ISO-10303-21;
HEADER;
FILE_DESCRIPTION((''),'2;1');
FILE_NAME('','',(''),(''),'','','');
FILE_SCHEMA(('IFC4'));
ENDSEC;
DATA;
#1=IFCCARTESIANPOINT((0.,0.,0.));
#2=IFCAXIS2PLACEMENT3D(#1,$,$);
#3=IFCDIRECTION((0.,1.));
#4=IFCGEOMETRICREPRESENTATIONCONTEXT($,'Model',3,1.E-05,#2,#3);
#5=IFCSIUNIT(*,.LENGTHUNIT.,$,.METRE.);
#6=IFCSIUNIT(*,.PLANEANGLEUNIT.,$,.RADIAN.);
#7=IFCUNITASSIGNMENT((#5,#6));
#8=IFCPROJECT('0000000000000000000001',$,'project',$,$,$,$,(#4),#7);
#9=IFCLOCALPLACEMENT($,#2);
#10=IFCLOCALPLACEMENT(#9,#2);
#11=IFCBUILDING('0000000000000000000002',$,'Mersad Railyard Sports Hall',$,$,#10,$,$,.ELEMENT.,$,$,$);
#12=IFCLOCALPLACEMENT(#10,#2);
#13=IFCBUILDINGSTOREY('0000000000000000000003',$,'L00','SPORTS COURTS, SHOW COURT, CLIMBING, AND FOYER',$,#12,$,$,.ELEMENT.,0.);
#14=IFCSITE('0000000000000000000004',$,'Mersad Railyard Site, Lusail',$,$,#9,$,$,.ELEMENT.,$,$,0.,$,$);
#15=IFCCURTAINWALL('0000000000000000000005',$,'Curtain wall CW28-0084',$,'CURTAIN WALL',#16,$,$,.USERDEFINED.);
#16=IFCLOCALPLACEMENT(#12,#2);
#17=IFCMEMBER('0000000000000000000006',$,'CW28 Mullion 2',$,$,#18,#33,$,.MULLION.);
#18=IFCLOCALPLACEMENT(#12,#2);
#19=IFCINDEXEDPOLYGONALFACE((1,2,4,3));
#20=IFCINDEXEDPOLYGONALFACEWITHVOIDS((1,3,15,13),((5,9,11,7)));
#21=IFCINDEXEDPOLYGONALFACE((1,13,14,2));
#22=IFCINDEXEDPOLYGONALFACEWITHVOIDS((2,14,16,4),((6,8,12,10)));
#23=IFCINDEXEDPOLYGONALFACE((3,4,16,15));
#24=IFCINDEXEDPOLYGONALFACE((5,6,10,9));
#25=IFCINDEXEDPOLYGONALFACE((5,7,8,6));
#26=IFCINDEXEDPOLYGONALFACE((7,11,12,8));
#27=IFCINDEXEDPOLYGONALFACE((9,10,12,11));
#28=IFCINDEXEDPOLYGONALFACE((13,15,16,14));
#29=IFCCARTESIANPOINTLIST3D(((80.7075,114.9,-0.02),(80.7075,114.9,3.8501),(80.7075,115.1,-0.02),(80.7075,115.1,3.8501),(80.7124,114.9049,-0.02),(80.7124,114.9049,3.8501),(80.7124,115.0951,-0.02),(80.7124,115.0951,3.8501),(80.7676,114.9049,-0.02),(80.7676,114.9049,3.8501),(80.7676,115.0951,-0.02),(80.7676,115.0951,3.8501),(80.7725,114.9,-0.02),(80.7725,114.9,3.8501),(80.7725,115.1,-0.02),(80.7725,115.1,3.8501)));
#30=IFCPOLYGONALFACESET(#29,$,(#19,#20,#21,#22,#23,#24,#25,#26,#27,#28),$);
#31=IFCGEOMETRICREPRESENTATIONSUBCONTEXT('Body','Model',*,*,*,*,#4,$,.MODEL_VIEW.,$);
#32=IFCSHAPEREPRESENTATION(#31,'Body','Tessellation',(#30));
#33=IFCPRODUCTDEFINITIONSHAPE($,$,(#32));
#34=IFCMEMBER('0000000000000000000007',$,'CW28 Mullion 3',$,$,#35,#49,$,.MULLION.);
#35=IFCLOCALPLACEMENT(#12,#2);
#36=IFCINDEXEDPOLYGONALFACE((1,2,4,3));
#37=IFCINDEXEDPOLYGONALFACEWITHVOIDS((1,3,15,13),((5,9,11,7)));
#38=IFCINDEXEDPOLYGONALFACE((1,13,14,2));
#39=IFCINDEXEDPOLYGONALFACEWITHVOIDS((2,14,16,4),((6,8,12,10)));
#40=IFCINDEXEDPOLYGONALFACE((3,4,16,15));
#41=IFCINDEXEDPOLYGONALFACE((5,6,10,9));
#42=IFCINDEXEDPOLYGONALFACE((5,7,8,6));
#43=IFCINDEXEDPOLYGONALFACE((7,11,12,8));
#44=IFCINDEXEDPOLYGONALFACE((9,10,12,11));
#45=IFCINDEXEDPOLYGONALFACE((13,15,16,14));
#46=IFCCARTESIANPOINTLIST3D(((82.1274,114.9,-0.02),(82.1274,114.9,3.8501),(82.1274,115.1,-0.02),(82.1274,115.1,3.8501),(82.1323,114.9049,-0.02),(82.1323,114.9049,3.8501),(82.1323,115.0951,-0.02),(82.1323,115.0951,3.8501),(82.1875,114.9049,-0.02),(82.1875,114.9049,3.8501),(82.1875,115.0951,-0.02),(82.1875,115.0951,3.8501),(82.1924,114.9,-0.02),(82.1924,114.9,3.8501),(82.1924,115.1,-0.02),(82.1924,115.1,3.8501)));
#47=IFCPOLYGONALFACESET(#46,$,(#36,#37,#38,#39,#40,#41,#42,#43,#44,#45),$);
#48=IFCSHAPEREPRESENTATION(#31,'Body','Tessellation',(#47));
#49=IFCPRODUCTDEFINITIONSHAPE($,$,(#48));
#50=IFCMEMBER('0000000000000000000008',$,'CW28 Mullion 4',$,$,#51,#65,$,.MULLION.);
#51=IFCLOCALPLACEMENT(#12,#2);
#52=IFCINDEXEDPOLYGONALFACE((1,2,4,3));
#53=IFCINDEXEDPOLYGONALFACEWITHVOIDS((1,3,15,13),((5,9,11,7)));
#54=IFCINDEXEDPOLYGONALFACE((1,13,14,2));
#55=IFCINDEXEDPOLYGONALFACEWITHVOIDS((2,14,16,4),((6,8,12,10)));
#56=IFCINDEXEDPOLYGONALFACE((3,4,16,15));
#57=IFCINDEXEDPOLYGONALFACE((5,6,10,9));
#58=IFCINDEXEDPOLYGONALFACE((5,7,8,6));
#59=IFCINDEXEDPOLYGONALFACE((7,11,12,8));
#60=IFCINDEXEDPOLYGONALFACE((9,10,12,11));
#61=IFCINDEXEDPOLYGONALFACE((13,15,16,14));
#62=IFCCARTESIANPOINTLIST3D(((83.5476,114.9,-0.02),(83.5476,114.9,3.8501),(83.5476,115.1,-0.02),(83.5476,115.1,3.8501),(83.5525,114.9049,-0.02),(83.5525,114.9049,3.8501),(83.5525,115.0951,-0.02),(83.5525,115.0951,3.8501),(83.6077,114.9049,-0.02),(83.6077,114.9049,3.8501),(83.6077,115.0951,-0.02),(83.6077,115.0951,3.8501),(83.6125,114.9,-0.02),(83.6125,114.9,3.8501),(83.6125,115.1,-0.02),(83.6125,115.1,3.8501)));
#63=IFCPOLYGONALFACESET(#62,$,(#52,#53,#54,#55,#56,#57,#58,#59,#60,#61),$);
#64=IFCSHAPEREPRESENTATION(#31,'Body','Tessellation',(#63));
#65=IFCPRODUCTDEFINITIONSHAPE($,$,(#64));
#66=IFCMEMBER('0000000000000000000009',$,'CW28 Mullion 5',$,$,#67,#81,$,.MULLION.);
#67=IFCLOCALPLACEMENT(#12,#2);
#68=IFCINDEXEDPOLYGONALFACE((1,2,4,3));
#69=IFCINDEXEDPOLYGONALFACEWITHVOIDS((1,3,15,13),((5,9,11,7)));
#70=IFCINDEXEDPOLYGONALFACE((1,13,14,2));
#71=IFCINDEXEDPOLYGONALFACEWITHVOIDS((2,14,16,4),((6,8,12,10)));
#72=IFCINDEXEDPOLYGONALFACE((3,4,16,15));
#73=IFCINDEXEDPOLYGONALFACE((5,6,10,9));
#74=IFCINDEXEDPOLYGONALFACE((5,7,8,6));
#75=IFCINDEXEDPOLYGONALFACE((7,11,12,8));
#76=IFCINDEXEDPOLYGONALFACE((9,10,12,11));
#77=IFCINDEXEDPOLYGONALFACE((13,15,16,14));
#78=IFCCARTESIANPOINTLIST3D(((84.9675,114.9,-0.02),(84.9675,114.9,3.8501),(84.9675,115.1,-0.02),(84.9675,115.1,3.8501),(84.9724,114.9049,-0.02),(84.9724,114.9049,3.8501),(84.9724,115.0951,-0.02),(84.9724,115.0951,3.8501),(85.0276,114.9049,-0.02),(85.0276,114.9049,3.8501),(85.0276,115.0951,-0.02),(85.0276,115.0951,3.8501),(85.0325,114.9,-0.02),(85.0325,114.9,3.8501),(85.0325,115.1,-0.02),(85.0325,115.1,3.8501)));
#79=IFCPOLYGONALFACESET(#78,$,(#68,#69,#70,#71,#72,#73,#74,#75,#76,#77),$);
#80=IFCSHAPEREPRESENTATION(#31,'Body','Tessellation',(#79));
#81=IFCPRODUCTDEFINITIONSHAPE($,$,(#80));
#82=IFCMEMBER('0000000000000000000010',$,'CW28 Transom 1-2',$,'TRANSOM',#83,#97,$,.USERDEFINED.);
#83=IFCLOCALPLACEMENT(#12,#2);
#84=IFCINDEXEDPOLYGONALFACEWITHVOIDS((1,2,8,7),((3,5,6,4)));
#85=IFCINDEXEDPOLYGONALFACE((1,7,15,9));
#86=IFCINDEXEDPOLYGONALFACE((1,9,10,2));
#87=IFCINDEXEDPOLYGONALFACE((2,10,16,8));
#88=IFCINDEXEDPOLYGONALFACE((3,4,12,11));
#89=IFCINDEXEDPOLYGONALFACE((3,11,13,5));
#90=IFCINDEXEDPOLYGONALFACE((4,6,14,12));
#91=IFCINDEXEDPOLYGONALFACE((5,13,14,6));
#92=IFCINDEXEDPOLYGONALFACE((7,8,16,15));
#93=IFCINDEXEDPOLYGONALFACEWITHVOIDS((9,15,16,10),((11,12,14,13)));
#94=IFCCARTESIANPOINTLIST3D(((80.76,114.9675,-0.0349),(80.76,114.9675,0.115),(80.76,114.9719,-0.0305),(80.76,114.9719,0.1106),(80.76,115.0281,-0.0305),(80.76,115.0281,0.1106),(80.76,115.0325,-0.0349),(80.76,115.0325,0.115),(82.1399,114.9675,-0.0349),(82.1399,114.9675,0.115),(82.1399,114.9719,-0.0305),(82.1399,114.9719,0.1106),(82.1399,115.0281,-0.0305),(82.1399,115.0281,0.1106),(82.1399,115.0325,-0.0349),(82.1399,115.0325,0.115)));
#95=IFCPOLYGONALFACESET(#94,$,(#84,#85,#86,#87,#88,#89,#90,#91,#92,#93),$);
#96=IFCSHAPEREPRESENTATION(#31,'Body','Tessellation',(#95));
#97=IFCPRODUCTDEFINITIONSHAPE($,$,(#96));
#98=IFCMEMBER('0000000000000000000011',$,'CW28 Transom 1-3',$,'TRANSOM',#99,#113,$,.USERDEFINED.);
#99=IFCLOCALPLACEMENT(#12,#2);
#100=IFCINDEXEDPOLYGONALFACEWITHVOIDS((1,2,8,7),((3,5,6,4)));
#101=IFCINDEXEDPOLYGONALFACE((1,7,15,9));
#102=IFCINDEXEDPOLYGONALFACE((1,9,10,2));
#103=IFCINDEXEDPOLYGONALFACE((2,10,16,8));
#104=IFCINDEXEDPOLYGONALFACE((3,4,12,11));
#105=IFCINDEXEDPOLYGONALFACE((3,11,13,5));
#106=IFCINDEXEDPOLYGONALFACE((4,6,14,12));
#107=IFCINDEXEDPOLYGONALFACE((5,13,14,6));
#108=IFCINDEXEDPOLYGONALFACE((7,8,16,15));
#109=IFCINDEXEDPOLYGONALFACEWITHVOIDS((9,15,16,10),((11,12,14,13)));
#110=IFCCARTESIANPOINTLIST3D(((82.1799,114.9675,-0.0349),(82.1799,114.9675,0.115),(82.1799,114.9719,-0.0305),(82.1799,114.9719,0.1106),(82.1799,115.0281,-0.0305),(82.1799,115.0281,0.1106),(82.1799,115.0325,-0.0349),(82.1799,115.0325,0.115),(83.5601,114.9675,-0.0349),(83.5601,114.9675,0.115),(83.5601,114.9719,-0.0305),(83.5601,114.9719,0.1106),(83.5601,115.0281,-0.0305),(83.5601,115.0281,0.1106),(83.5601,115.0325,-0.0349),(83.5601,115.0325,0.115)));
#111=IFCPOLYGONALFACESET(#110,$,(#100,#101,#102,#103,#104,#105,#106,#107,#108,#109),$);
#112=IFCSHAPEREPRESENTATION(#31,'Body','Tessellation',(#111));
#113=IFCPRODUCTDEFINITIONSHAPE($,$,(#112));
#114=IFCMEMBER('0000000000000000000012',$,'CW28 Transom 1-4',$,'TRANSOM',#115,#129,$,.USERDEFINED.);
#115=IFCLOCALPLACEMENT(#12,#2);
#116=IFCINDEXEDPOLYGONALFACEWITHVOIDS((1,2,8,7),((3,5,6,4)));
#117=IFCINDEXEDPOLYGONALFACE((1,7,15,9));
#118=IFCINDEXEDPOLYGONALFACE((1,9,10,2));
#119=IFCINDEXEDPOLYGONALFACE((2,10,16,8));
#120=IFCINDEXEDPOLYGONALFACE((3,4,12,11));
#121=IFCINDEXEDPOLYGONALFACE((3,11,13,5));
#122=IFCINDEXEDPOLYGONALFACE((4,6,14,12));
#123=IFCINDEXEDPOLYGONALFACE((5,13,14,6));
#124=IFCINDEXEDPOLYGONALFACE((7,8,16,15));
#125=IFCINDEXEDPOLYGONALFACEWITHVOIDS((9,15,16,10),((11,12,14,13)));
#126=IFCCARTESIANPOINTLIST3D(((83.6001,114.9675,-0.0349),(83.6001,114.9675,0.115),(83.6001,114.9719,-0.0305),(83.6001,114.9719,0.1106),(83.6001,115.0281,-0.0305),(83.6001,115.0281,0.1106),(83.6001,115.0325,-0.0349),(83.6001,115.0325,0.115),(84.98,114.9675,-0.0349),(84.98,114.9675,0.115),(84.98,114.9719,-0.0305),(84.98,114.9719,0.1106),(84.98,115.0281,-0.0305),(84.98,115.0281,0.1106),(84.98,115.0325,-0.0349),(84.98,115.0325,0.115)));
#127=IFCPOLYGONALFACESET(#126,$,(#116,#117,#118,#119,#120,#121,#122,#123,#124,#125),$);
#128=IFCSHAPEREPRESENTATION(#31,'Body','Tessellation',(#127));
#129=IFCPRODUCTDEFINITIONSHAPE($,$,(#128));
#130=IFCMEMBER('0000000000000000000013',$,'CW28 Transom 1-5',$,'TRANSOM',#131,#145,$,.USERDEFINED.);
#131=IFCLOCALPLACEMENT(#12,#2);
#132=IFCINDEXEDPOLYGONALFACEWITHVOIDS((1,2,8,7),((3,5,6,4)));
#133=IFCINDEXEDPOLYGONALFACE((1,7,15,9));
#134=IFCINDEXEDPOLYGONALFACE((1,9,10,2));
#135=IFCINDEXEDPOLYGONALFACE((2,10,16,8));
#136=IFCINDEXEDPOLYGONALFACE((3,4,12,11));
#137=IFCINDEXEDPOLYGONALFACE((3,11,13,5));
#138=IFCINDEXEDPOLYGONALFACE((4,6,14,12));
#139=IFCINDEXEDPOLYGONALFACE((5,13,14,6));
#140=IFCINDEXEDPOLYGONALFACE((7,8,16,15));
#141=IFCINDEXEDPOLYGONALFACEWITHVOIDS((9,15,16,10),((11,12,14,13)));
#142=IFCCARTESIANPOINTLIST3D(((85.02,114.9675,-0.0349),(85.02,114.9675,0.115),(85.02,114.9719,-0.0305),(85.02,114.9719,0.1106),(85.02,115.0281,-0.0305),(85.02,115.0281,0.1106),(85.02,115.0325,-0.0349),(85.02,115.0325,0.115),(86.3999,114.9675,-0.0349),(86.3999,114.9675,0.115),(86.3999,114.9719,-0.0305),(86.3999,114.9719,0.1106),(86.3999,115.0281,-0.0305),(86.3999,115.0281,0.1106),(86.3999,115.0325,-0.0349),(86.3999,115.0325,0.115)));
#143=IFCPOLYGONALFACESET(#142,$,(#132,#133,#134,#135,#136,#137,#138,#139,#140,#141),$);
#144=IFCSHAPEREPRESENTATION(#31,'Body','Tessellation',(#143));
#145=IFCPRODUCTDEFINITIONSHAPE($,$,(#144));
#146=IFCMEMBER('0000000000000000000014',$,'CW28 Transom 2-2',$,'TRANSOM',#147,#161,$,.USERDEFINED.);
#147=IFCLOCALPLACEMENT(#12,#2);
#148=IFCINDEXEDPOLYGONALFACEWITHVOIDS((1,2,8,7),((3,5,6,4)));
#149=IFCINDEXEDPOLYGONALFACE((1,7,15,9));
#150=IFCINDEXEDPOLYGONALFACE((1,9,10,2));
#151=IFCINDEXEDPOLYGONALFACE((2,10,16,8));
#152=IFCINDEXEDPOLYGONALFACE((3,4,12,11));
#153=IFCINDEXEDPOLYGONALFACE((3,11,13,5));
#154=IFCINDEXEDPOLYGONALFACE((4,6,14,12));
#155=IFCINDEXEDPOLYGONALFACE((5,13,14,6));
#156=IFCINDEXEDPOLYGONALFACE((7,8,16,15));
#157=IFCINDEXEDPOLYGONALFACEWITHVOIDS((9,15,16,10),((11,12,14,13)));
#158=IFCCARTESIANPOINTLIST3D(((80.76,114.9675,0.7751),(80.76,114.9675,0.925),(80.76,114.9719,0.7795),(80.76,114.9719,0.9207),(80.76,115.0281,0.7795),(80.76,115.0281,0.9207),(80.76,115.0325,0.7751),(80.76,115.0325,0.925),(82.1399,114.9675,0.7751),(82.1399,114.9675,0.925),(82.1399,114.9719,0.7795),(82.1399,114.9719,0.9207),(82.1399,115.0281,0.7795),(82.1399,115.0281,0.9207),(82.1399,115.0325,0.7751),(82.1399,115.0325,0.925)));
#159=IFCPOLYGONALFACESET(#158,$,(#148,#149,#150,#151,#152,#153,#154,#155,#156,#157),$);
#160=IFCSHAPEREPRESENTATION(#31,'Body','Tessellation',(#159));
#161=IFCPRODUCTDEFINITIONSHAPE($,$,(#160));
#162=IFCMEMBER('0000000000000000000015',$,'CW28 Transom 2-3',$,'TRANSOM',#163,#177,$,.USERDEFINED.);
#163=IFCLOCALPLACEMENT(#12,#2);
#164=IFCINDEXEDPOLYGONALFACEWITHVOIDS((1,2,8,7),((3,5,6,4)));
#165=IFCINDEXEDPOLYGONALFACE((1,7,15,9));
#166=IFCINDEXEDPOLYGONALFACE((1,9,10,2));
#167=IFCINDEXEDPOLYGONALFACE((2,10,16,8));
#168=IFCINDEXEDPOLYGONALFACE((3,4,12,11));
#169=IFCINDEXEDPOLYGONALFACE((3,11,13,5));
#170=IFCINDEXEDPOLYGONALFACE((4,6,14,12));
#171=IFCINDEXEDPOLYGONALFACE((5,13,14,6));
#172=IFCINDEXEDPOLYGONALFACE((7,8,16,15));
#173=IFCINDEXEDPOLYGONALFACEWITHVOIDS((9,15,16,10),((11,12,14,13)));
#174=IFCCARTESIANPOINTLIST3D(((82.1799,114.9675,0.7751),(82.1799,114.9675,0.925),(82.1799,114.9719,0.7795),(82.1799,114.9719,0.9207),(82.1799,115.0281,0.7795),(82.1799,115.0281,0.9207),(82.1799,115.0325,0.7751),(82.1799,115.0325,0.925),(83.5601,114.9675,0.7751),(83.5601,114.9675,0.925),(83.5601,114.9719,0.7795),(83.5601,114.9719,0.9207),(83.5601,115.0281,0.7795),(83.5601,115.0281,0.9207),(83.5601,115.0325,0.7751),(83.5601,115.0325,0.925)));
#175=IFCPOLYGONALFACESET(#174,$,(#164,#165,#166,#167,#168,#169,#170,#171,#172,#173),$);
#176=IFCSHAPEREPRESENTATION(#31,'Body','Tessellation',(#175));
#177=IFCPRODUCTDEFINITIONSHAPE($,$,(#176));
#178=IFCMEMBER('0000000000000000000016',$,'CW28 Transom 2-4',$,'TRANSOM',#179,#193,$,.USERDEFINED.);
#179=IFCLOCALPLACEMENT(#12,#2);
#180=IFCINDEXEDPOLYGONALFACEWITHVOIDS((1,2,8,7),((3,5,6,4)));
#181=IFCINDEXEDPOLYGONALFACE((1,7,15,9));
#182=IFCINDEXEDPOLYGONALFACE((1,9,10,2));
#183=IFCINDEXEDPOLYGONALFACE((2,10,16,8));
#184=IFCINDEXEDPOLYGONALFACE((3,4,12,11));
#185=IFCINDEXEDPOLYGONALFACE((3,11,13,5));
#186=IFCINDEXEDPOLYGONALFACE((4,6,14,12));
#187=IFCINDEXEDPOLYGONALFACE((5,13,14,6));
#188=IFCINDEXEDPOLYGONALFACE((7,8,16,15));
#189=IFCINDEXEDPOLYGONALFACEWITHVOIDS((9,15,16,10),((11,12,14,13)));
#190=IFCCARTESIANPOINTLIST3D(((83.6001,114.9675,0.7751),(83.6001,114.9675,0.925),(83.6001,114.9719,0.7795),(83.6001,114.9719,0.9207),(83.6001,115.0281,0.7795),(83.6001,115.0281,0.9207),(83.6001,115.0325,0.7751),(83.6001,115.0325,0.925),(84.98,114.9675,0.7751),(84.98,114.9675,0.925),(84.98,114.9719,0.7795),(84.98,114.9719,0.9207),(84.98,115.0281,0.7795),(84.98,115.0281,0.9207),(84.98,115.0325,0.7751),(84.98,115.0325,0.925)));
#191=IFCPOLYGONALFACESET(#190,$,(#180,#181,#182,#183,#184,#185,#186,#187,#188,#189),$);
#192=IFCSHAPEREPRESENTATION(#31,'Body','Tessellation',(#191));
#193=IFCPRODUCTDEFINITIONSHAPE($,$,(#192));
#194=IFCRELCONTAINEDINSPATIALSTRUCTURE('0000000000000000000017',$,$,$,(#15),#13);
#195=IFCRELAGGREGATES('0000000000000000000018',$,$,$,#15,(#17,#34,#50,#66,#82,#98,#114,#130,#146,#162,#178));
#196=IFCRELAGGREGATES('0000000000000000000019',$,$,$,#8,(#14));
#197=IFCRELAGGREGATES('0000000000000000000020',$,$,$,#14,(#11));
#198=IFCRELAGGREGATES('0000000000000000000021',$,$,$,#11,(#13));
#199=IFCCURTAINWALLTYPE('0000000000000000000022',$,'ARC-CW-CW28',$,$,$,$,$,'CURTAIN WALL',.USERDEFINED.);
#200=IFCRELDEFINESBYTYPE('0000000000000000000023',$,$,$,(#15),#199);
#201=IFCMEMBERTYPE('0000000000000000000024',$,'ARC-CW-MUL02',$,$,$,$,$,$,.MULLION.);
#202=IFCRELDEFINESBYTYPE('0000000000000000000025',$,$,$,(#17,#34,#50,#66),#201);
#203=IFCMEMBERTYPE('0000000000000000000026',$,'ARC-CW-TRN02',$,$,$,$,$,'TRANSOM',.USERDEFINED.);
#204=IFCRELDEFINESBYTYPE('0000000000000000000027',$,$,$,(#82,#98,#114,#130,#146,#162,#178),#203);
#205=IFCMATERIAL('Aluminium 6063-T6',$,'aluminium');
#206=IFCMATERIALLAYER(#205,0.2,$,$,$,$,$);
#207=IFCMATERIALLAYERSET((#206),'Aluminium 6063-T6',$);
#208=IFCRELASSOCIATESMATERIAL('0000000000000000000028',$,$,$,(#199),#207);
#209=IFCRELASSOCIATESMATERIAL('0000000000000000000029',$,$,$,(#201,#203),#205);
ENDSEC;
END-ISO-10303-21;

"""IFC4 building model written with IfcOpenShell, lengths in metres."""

from ifc_helpers import new_model, si_unit, direction, frame, origin, origin_2d, place, context, subcontext, project, spatial, hollow_rectangle, extrude, material, layer, layer_set, material_profile, profile_set, type_object, element, aggregate, save


model = new_model("IFC4")

# Units and contexts
model_context = context("Model", 3, precision=1e-05, world=origin(), true_north=direction((0.0, 1.0)))
body_context = subcontext(model_context, "Body", "Model", "MODEL_VIEW")
ifc_project = project(units=[si_unit("LENGTHUNIT", "METRE"), si_unit("PLANEANGLEUNIT", "RADIAN")], contexts=[model_context])

# Site, building, storey
site_placement = place(None, origin())
site = spatial("IfcSite", under=ifc_project, at=site_placement, Name="Mersad Railyard Site, Lusail", CompositionType="ELEMENT", RefElevation=0.0)
building_placement = place(site_placement, origin())
building = spatial("IfcBuilding", under=site, at=building_placement, Name="Mersad Railyard Sports Hall", CompositionType="ELEMENT")
storey_placement = place(building_placement, origin())
storey = spatial("IfcBuildingStorey", under=building, at=storey_placement, Name="L00", Description="SPORTS COURTS, SHOW COURT, CLIMBING, AND FOYER", CompositionType="ELEMENT", Elevation=0.0)

# Curtain wall, members
ifc_material_1 = material(Name="Aluminium 6063-T6", Category="aluminium")
ifc_layer_1 = layer(ifc_material_1, 0.2)
ifc_layer_set_1 = layer_set([ifc_layer_1], Name="Aluminium 6063-T6")
curtain_wall_type = type_object("IfcCurtainWallType", Name="ARC-CW-CW28", ElementType="CURTAIN WALL", PredefinedType="USERDEFINED", material=ifc_layer_set_1)
curtain_wall_placement = place(storey_placement, origin())
curtain_wall = element("IfcCurtainWall", 1, at=curtain_wall_placement, inside=storey, type_object=curtain_wall_type, Name="Curtain wall CW28-0084", ObjectType="CURTAIN WALL", PredefinedType="USERDEFINED")
ifc_material_profile_1 = material_profile(ifc_material_1, hollow_rectangle(XDim=0.0649, YDim=0.2, WallThickness=0.0049, at=origin_2d()), Name="AL MULLION 65x200x5")
ifc_profile_set_1 = profile_set([ifc_material_profile_1], Name="Aluminium 6063-T6")
member_type_1 = type_object("IfcMemberType", Name="ARC-CW-MUL02", PredefinedType="MULLION", material=ifc_profile_set_1)
member_1_placement = place(storey_placement, frame((80.74, 115.0, -0.02), z_axis=(0.0, 0.0, 1.0), x_axis=(1.0, 0.0, 0.0)))
member_1 = element("IfcMember", 2, at=member_1_placement, type_object=member_type_1, Name="CW28 Mullion 2", PredefinedType="MULLION", context=body_context, shape_type="SweptSolid", body=[
    extrude(hollow_rectangle(XDim=0.0649, YDim=0.2, WallThickness=0.0049, at=origin_2d()), origin(), (0.0, 0.0, 1.0), 3.8701),
])
member_2_placement = place(storey_placement, frame((82.1599, 115.0, -0.02), z_axis=(0.0, 0.0, 1.0), x_axis=(1.0, 0.0, 0.0)))
member_2 = element("IfcMember", 3, at=member_2_placement, type_object=member_type_1, Name="CW28 Mullion 3", PredefinedType="MULLION", context=body_context, shape_type="SweptSolid", body=[
    extrude(hollow_rectangle(XDim=0.0649, YDim=0.2, WallThickness=0.0049, at=origin_2d()), origin(), (0.0, 0.0, 1.0), 3.8701),
])
member_3_placement = place(storey_placement, frame((83.5801, 115.0, -0.02), z_axis=(0.0, 0.0, 1.0), x_axis=(1.0, 0.0, 0.0)))
member_3 = element("IfcMember", 4, at=member_3_placement, type_object=member_type_1, Name="CW28 Mullion 4", PredefinedType="MULLION", context=body_context, shape_type="SweptSolid", body=[
    extrude(hollow_rectangle(XDim=0.0649, YDim=0.2, WallThickness=0.0049, at=origin_2d()), origin(), (0.0, 0.0, 1.0), 3.8701),
])
member_4_placement = place(storey_placement, frame((85.0, 115.0, -0.02), z_axis=(0.0, 0.0, 1.0), x_axis=(1.0, 0.0, 0.0)))
member_4 = element("IfcMember", 5, at=member_4_placement, type_object=member_type_1, Name="CW28 Mullion 5", PredefinedType="MULLION", context=body_context, shape_type="SweptSolid", body=[
    extrude(hollow_rectangle(XDim=0.0649, YDim=0.2, WallThickness=0.0049, at=origin_2d()), origin(), (0.0, 0.0, 1.0), 3.8701),
])
ifc_material_profile_2 = material_profile(ifc_material_1, hollow_rectangle(XDim=0.0649, YDim=0.1499, WallThickness=0.0044, at=origin_2d()), Name="AL TRANSOM 65x150x4.5")
ifc_profile_set_2 = profile_set([ifc_material_profile_2], Name="Aluminium 6063-T6")
member_type_2 = type_object("IfcMemberType", Name="ARC-CW-TRN02", ElementType="TRANSOM", PredefinedType="USERDEFINED", material=ifc_profile_set_2)
member_5_placement = place(storey_placement, frame((80.76, 115.0, 0.04), z_axis=(1.0, 0.0, 0.0), x_axis=(0.0, 1.0, 0.0)))
member_5 = element("IfcMember", 6, at=member_5_placement, type_object=member_type_2, Name="CW28 Transom 1-2", ObjectType="TRANSOM", PredefinedType="USERDEFINED", context=body_context, shape_type="SweptSolid", body=[
    extrude(hollow_rectangle(XDim=0.0649, YDim=0.1499, WallThickness=0.0044, at=origin_2d()), origin(), (0.0, 0.0, 1.0), 1.3799),
])
member_6_placement = place(storey_placement, frame((82.1799, 115.0, 0.04), z_axis=(1.0, 0.0, 0.0), x_axis=(0.0, 1.0, 0.0)))
member_6 = element("IfcMember", 7, at=member_6_placement, type_object=member_type_2, Name="CW28 Transom 1-3", ObjectType="TRANSOM", PredefinedType="USERDEFINED", context=body_context, shape_type="SweptSolid", body=[
    extrude(hollow_rectangle(XDim=0.0649, YDim=0.1499, WallThickness=0.0044, at=origin_2d()), origin(), (0.0, 0.0, 1.0), 1.3801),
])
member_7_placement = place(storey_placement, frame((83.6001, 115.0, 0.04), z_axis=(1.0, 0.0, 0.0), x_axis=(0.0, 1.0, 0.0)))
member_7 = element("IfcMember", 8, at=member_7_placement, type_object=member_type_2, Name="CW28 Transom 1-4", ObjectType="TRANSOM", PredefinedType="USERDEFINED", context=body_context, shape_type="SweptSolid", body=[
    extrude(hollow_rectangle(XDim=0.0649, YDim=0.1499, WallThickness=0.0044, at=origin_2d()), origin(), (0.0, 0.0, 1.0), 1.3799),
])
member_8_placement = place(storey_placement, frame((85.02, 115.0, 0.04), z_axis=(1.0, 0.0, 0.0), x_axis=(0.0, 1.0, 0.0)))
member_8 = element("IfcMember", 9, at=member_8_placement, type_object=member_type_2, Name="CW28 Transom 1-5", ObjectType="TRANSOM", PredefinedType="USERDEFINED", context=body_context, shape_type="SweptSolid", body=[
    extrude(hollow_rectangle(XDim=0.0649, YDim=0.1499, WallThickness=0.0044, at=origin_2d()), origin(), (0.0, 0.0, 1.0), 1.3799),
])
member_9_placement = place(storey_placement, frame((80.76, 115.0, 0.8501), z_axis=(1.0, 0.0, 0.0), x_axis=(0.0, 1.0, 0.0)))
member_9 = element("IfcMember", 10, at=member_9_placement, type_object=member_type_2, Name="CW28 Transom 2-2", ObjectType="TRANSOM", PredefinedType="USERDEFINED", context=body_context, shape_type="SweptSolid", body=[
    extrude(hollow_rectangle(XDim=0.0649, YDim=0.1499, WallThickness=0.0044, at=origin_2d()), origin(), (0.0, 0.0, 1.0), 1.3799),
])
member_10_placement = place(storey_placement, frame((82.1799, 115.0, 0.8501), z_axis=(1.0, 0.0, 0.0), x_axis=(0.0, 1.0, 0.0)))
member_10 = element("IfcMember", 11, at=member_10_placement, type_object=member_type_2, Name="CW28 Transom 2-3", ObjectType="TRANSOM", PredefinedType="USERDEFINED", context=body_context, shape_type="SweptSolid", body=[
    extrude(hollow_rectangle(XDim=0.0649, YDim=0.1499, WallThickness=0.0044, at=origin_2d()), origin(), (0.0, 0.0, 1.0), 1.3801),
])
member_11_placement = place(storey_placement, frame((83.6001, 115.0, 0.8501), z_axis=(1.0, 0.0, 0.0), x_axis=(0.0, 1.0, 0.0)))
member_11 = element("IfcMember", 12, at=member_11_placement, type_object=member_type_2, Name="CW28 Transom 2-4", ObjectType="TRANSOM", PredefinedType="USERDEFINED", context=body_context, shape_type="SweptSolid", body=[
    extrude(hollow_rectangle(XDim=0.0649, YDim=0.1499, WallThickness=0.0044, at=origin_2d()), origin(), (0.0, 0.0, 1.0), 1.3799),
])
aggregate(curtain_wall, [member_1, member_2, member_3, member_4, member_5, member_6, member_7, member_8, member_9, member_10, member_11])

save(model, "model.ifc")
